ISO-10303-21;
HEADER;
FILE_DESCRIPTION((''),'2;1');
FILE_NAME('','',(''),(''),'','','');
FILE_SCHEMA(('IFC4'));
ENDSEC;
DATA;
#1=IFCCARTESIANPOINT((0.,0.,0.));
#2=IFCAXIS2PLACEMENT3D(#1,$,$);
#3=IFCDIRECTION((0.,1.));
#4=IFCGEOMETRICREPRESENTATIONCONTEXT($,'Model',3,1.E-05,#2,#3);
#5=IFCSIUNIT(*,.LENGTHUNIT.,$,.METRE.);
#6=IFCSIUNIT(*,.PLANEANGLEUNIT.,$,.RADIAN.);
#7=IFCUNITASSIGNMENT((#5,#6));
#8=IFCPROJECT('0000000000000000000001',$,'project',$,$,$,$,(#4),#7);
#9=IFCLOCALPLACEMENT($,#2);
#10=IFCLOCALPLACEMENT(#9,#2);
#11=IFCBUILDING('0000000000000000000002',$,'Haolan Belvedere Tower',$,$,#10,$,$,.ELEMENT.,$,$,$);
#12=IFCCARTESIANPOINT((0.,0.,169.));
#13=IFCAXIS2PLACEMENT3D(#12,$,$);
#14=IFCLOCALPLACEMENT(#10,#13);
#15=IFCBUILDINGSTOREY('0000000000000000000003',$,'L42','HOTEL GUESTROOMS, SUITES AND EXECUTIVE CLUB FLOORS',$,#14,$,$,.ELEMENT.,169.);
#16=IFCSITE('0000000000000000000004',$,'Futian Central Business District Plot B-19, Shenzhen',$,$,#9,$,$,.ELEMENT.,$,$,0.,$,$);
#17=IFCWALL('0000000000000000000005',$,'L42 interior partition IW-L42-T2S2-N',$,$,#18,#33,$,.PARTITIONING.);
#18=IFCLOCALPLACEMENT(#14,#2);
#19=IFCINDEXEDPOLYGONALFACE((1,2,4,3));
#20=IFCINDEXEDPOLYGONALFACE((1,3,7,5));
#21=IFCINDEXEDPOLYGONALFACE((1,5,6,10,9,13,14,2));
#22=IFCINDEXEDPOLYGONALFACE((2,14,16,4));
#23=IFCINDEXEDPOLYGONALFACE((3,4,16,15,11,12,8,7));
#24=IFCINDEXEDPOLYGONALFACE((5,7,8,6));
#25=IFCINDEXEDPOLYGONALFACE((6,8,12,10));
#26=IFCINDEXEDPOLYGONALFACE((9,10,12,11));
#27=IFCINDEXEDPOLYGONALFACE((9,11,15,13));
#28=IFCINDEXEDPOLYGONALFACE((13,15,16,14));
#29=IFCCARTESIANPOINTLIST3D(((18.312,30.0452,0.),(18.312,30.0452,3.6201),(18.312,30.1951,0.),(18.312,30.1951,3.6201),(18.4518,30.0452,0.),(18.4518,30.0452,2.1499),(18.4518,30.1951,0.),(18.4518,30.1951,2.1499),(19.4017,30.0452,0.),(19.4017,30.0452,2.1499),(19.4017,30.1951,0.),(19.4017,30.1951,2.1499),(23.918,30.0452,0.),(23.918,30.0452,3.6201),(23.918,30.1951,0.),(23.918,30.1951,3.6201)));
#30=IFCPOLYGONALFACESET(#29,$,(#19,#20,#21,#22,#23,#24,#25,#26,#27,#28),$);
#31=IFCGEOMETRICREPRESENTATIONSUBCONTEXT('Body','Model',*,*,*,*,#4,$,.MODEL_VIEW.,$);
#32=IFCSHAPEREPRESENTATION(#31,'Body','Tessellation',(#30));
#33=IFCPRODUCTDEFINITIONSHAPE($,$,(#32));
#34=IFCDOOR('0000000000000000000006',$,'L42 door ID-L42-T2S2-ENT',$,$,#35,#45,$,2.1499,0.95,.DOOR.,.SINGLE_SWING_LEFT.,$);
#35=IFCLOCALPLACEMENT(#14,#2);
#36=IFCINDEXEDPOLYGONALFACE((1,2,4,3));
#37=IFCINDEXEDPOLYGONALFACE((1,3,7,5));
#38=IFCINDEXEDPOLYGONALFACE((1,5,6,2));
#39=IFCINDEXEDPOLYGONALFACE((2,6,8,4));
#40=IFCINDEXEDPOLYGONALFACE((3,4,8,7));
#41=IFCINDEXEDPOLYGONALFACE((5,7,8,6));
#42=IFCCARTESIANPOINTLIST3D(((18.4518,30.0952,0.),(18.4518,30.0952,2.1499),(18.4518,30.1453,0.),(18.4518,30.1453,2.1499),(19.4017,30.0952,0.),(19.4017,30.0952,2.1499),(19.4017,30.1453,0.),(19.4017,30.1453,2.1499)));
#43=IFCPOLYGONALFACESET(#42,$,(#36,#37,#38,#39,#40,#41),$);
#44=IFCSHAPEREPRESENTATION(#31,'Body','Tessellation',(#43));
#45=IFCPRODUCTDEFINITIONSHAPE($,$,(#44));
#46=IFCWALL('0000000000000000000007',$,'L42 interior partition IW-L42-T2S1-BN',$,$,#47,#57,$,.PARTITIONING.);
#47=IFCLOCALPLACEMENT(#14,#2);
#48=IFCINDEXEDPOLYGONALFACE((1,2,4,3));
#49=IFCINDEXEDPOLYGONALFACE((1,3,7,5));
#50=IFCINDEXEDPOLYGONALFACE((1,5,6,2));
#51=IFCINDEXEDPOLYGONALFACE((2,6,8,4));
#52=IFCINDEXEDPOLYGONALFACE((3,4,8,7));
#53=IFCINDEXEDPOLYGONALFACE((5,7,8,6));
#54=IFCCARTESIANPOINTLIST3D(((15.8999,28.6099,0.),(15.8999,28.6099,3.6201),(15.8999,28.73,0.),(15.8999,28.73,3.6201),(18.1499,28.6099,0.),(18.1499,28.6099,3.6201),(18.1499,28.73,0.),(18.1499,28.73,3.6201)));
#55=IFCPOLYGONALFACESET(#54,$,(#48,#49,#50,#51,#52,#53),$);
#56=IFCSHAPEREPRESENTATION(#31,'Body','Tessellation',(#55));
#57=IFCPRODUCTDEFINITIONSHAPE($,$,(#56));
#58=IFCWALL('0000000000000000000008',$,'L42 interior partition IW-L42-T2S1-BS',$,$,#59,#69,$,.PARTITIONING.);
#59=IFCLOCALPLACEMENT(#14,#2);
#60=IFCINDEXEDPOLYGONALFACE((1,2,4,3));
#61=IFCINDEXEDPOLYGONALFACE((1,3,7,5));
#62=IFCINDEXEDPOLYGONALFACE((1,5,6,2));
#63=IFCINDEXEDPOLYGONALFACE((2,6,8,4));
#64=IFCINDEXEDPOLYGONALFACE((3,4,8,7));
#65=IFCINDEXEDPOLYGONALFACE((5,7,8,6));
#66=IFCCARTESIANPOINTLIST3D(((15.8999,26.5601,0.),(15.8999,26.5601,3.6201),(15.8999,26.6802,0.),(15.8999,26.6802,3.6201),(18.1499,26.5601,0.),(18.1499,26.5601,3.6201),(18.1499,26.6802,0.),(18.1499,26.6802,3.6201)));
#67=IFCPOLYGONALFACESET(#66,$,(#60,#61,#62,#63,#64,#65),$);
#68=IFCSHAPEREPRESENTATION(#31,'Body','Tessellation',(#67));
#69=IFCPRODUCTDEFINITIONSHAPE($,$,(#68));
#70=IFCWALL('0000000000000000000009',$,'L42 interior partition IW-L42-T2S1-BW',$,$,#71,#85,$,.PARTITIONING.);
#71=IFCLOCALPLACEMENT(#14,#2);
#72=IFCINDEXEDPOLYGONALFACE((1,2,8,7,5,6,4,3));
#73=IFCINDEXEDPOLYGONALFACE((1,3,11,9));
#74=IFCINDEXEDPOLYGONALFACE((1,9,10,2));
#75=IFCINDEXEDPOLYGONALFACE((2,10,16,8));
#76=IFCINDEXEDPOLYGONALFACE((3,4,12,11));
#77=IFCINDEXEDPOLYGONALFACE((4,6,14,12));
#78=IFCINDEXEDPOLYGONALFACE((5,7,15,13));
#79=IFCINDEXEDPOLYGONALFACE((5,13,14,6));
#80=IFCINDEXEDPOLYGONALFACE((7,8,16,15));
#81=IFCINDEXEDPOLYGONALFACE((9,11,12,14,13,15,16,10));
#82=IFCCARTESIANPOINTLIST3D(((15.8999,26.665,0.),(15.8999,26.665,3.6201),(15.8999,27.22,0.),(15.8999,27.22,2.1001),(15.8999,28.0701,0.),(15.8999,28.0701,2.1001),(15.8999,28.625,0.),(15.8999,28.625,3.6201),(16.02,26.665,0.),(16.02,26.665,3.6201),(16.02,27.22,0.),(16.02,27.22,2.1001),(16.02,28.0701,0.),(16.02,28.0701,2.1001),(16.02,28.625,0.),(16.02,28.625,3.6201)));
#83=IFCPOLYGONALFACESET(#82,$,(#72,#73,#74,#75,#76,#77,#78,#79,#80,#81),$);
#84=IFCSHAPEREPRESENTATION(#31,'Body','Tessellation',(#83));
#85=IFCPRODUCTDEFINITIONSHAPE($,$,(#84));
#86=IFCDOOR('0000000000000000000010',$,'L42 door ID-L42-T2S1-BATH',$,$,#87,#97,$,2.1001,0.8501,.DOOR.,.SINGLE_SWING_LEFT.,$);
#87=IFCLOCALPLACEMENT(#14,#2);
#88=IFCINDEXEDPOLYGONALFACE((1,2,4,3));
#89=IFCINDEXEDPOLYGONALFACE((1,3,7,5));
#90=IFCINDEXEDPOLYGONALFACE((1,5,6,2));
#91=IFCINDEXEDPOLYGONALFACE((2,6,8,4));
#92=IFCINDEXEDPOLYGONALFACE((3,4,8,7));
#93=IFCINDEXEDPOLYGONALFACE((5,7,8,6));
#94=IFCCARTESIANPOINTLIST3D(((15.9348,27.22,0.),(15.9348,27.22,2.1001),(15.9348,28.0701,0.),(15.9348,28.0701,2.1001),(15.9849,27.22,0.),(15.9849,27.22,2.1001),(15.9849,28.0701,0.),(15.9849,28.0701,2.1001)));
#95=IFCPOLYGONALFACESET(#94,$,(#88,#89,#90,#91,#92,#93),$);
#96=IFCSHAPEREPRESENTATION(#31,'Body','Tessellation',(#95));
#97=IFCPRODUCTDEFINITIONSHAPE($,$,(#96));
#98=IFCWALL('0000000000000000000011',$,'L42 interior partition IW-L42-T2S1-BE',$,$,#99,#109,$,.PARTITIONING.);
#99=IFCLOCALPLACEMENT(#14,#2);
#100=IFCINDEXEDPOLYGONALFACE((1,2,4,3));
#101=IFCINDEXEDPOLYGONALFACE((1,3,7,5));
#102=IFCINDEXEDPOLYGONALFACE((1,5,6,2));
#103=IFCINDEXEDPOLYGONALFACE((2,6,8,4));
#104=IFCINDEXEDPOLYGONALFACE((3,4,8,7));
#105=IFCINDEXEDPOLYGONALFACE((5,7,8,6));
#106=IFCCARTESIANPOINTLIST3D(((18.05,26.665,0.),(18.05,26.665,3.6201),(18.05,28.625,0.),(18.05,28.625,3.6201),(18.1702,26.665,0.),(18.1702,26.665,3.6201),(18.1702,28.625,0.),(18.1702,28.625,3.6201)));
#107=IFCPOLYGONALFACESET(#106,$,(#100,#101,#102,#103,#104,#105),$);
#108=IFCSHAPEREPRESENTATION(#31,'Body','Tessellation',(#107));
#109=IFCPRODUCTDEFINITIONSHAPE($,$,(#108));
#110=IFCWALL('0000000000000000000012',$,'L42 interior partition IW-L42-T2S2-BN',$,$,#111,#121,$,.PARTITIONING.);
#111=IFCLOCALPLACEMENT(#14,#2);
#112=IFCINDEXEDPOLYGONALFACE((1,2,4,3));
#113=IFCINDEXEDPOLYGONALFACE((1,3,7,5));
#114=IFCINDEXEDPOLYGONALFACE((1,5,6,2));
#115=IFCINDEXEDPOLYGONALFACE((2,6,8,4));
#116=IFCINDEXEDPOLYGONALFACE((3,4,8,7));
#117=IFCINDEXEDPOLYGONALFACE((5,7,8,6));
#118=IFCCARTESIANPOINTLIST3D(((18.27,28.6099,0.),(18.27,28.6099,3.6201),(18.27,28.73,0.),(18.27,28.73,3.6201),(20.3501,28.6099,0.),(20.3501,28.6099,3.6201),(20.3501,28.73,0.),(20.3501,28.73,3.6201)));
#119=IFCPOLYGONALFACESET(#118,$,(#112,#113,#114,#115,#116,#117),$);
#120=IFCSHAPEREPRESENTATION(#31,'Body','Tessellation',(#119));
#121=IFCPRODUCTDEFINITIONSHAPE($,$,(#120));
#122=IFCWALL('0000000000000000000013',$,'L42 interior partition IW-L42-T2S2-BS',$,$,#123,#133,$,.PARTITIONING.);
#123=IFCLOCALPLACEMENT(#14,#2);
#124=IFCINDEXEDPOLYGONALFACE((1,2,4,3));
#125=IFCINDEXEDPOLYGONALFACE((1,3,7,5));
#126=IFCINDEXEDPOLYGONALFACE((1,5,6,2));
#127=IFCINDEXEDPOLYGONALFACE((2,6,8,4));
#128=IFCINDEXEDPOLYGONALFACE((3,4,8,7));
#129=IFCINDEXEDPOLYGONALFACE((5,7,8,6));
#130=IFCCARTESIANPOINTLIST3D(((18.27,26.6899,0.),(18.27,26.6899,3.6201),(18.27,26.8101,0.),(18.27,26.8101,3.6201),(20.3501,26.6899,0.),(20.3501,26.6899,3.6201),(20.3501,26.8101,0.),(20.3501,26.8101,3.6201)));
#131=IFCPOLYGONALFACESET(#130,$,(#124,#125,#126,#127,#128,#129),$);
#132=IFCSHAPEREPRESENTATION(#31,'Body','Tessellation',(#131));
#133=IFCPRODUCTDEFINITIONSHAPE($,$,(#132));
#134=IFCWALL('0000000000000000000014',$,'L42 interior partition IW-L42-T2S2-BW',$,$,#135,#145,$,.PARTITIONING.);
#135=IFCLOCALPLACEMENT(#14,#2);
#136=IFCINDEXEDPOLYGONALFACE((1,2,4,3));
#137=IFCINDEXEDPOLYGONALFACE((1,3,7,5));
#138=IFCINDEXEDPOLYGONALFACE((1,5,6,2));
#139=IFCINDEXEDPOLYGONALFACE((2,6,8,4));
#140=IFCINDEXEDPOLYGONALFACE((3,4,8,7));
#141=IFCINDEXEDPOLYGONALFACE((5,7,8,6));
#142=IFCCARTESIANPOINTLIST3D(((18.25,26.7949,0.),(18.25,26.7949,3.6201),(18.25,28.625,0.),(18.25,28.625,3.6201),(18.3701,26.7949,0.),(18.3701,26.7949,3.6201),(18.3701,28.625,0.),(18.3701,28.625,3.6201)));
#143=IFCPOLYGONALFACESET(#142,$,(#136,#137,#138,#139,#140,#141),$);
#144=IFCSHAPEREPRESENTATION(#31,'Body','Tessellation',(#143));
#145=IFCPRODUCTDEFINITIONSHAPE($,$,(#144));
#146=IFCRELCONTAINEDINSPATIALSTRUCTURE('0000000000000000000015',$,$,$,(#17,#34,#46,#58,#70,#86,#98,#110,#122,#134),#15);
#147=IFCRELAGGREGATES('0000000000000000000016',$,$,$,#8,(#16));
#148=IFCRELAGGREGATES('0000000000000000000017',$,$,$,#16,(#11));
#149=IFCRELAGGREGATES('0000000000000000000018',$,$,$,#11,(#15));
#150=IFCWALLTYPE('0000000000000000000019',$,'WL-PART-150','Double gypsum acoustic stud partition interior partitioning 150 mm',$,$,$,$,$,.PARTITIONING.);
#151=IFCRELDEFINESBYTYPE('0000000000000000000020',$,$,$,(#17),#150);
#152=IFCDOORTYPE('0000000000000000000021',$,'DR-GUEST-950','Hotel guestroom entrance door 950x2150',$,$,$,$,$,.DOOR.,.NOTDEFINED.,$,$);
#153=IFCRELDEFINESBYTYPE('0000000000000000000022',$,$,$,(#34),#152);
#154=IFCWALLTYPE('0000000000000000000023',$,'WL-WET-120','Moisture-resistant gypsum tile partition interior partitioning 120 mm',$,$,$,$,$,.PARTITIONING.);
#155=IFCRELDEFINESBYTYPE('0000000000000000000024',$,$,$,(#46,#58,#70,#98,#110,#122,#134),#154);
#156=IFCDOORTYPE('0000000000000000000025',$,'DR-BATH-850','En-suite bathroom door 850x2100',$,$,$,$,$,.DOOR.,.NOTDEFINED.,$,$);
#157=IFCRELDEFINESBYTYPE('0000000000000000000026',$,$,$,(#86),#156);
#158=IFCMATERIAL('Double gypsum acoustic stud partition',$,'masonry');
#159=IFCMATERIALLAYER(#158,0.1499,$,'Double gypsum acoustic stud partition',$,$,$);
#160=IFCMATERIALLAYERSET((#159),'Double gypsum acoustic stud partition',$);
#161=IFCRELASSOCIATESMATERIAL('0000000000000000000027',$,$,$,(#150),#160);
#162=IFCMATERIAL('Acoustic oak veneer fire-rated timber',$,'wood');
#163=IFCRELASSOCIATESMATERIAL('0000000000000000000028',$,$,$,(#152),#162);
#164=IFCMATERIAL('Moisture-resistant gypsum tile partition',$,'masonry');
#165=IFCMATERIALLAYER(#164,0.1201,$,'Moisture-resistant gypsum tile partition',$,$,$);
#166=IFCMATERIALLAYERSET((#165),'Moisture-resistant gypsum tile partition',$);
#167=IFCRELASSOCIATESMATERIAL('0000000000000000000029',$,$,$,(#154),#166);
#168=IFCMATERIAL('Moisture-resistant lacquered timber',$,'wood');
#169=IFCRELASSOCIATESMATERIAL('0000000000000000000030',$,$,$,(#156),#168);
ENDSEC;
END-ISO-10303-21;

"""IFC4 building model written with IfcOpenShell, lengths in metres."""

from ifc_helpers import new_model, si_unit, direction, frame, frame_2d, origin, place, context, subcontext, project, spatial, rectangle, extrude, material, layer, layer_set, type_object, element, fill, save


model = new_model("IFC4")

# Units and contexts
model_context = context("Model", 3, precision=1e-05, world=origin(), true_north=direction((0.0, 1.0)))
body_context = subcontext(model_context, "Body", "Model", "MODEL_VIEW")
ifc_project = project(units=[si_unit("LENGTHUNIT", "METRE"), si_unit("PLANEANGLEUNIT", "RADIAN")], contexts=[model_context])

# Site, building, storey
site_placement = place(None, origin())
site = spatial("IfcSite", under=ifc_project, at=site_placement, Name="Futian Central Business District Plot B-19, Shenzhen", CompositionType="ELEMENT", RefElevation=0.0)
building_placement = place(site_placement, origin())
building = spatial("IfcBuilding", under=site, at=building_placement, Name="Haolan Belvedere Tower", CompositionType="ELEMENT")
storey_placement = place(building_placement, frame((0.0, 0.0, 169.0)))
storey = spatial("IfcBuildingStorey", under=building, at=storey_placement, Name="L42", Description="HOTEL GUESTROOMS, SUITES AND EXECUTIVE CLUB FLOORS", CompositionType="ELEMENT", Elevation=169.0)

# Shared definitions
ifc_material_1 = material(Name="Double gypsum acoustic stud partition", Category="masonry")
ifc_layer_1 = layer(ifc_material_1, 0.1499, Name="Double gypsum acoustic stud partition")
ifc_layer_set_1 = layer_set([ifc_layer_1], Name="Double gypsum acoustic stud partition")
wall_type_1 = type_object("IfcWallType", Name="WL-PART-150", Description="Double gypsum acoustic stud partition interior partitioning 150 mm", PredefinedType="PARTITIONING", material=ifc_layer_set_1)

# Wall, opening, door
wall_1_placement = place(storey_placement, frame((18.312, 30.1201, 0.0), z_axis=(0.0, 0.0, 1.0), x_axis=(1.0, 0.0, 0.0)))
wall_1 = element("IfcWall", 1, at=wall_1_placement, inside=storey, type_object=wall_type_1, Name="L42 interior partition IW-L42-T2S2-N", PredefinedType="PARTITIONING", context=body_context, shape_type="SweptSolid", body=[
    extrude(rectangle(XDim=5.606, YDim=0.1499, at=frame_2d((2.803, 0.0))), origin(), (0.0, 0.0, 1.0), 3.6201),
])
opening_1_placement = place(wall_1_placement, frame((1.0898, 0.0, 0.0), z_axis=(0.0, 0.0, 1.0), x_axis=(-1.0, 0.0, 0.0)))
opening_1 = element("IfcOpeningElement", 2, at=opening_1_placement, cuts=wall_1, PredefinedType="OPENING", context=body_context, shape_type="SweptSolid", body=[
    extrude(rectangle(XDim=0.95, YDim=2.1499, at=frame_2d((0.4751, 1.075))), frame((0.0, 0.085, 0.0), z_axis=(0.0, -1.0, 0.0), x_axis=(1.0, 0.0, 0.0)), (0.0, 0.0, 1.0), 0.1699),
])
ifc_material_2 = material(Name="Acoustic oak veneer fire-rated timber", Category="wood")
door_type_1 = type_object("IfcDoorType", Name="DR-GUEST-950", Description="Hotel guestroom entrance door 950x2150", OperationType="NOTDEFINED", PredefinedType="DOOR", material=ifc_material_2)
door_1_placement = place(opening_1_placement, origin())
door_1 = element("IfcDoor", 3, at=door_1_placement, inside=storey, type_object=door_type_1, Name="L42 door ID-L42-T2S2-ENT", OperationType="SINGLE_SWING_LEFT", OverallHeight=2.1499, OverallWidth=0.95, PredefinedType="DOOR", context=body_context, shape_type="SweptSolid", body=[
    extrude(rectangle(XDim=0.95, YDim=2.1499, at=frame_2d((0.4751, 1.075))), frame((0.0, 0.0249, 0.0), z_axis=(0.0, -1.0, 0.0), x_axis=(1.0, 0.0, 0.0)), (0.0, 0.0, 1.0), 0.05),
])
fill(opening_1, door_1)

# Walls
ifc_material_3 = material(Name="Moisture-resistant gypsum tile partition", Category="masonry")
ifc_layer_2 = layer(ifc_material_3, 0.1201, Name="Moisture-resistant gypsum tile partition")
ifc_layer_set_2 = layer_set([ifc_layer_2], Name="Moisture-resistant gypsum tile partition")
wall_type_2 = type_object("IfcWallType", Name="WL-WET-120", Description="Moisture-resistant gypsum tile partition interior partitioning 120 mm", PredefinedType="PARTITIONING", material=ifc_layer_set_2)
for number, where, z_axis, x_axis, name in (
    (4, (15.8999, 28.6699, 0.0), (0.0, 0.0, 1.0), (1.0, 0.0, 0.0), "L42 interior partition IW-L42-T2S1-BN"),
    (5, (15.8999, 26.6201, 0.0), (0.0, 0.0, 1.0), (1.0, 0.0, 0.0), "L42 interior partition IW-L42-T2S1-BS"),
):
    element("IfcWall", number, at=place(storey_placement, frame(where, z_axis=z_axis, x_axis=x_axis)), inside=storey, type_object=wall_type_2, Name=name, PredefinedType="PARTITIONING", context=body_context, shape_type="SweptSolid", body=[
        extrude(rectangle(XDim=2.25, YDim=0.1201, at=frame_2d((1.125, 0.0))), origin(), (0.0, 0.0, 1.0), 3.6201),
    ])

# Wall, opening, door
wall_2_placement = place(storey_placement, frame((15.96, 26.665, 0.0), z_axis=(0.0, 0.0, 1.0), x_axis=(0.0, 1.0, 0.0)))
wall_2 = element("IfcWall", 6, at=wall_2_placement, inside=storey, type_object=wall_type_2, Name="L42 interior partition IW-L42-T2S1-BW", PredefinedType="PARTITIONING", context=body_context, shape_type="SweptSolid", body=[
    extrude(rectangle(XDim=1.96, YDim=0.1201, at=frame_2d((0.98, 0.0))), origin(), (0.0, 0.0, 1.0), 3.6201),
])
opening_2_placement = place(wall_2_placement, frame((1.405, 0.0, 0.0), z_axis=(0.0, 0.0, 1.0), x_axis=(-1.0, 0.0, 0.0)))
opening_2 = element("IfcOpeningElement", 7, at=opening_2_placement, cuts=wall_2, PredefinedType="OPENING", context=body_context, shape_type="SweptSolid", body=[
    extrude(rectangle(XDim=0.8501, YDim=2.1001, at=frame_2d((0.425, 1.05))), frame((0.0, 0.0701, 0.0), z_axis=(0.0, -1.0, 0.0), x_axis=(1.0, 0.0, 0.0)), (0.0, 0.0, 1.0), 0.1401),
])
ifc_material_4 = material(Name="Moisture-resistant lacquered timber", Category="wood")
door_type_2 = type_object("IfcDoorType", Name="DR-BATH-850", Description="En-suite bathroom door 850x2100", OperationType="NOTDEFINED", PredefinedType="DOOR", material=ifc_material_4)
door_2_placement = place(opening_2_placement, origin())
door_2 = element("IfcDoor", 8, at=door_2_placement, inside=storey, type_object=door_type_2, Name="L42 door ID-L42-T2S1-BATH", OperationType="SINGLE_SWING_LEFT", OverallHeight=2.1001, OverallWidth=0.8501, PredefinedType="DOOR", context=body_context, shape_type="SweptSolid", body=[
    extrude(rectangle(XDim=0.8501, YDim=2.1001, at=frame_2d((0.425, 1.05))), frame((0.0, 0.0249, 0.0), z_axis=(0.0, -1.0, 0.0), x_axis=(1.0, 0.0, 0.0)), (0.0, 0.0, 1.0), 0.05),
])
fill(opening_2, door_2)

# Walls
wall_3_placement = place(storey_placement, frame((18.1101, 26.665, 0.0), z_axis=(0.0, 0.0, 1.0), x_axis=(0.0, 1.0, 0.0)))
element("IfcWall", 9, at=wall_3_placement, inside=storey, type_object=wall_type_2, Name="L42 interior partition IW-L42-T2S1-BE", PredefinedType="PARTITIONING", context=body_context, shape_type="SweptSolid", body=[
    extrude(rectangle(XDim=1.96, YDim=0.1201, at=frame_2d((0.98, 0.0))), origin(), (0.0, 0.0, 1.0), 3.6201),
])
for number, where, z_axis, x_axis, name in (
    (10, (18.27, 28.6699, 0.0), (0.0, 0.0, 1.0), (1.0, 0.0, 0.0), "L42 interior partition IW-L42-T2S2-BN"),
    (11, (18.27, 26.75, 0.0), (0.0, 0.0, 1.0), (1.0, 0.0, 0.0), "L42 interior partition IW-L42-T2S2-BS"),
):
    element("IfcWall", number, at=place(storey_placement, frame(where, z_axis=z_axis, x_axis=x_axis)), inside=storey, type_object=wall_type_2, Name=name, PredefinedType="PARTITIONING", context=body_context, shape_type="SweptSolid", body=[
        extrude(rectangle(XDim=2.0801, YDim=0.1201, at=frame_2d((1.04, 0.0))), origin(), (0.0, 0.0, 1.0), 3.6201),
    ])
wall_4_placement = place(storey_placement, frame((18.3101, 26.7949, 0.0), z_axis=(0.0, 0.0, 1.0), x_axis=(0.0, 1.0, 0.0)))
element("IfcWall", 12, at=wall_4_placement, inside=storey, type_object=wall_type_2, Name="L42 interior partition IW-L42-T2S2-BW", PredefinedType="PARTITIONING", context=body_context, shape_type="SweptSolid", body=[
    extrude(rectangle(XDim=1.8301, YDim=0.1201, at=frame_2d((0.915, 0.0))), origin(), (0.0, 0.0, 1.0), 3.6201),
])

save(model, "model.ifc")
